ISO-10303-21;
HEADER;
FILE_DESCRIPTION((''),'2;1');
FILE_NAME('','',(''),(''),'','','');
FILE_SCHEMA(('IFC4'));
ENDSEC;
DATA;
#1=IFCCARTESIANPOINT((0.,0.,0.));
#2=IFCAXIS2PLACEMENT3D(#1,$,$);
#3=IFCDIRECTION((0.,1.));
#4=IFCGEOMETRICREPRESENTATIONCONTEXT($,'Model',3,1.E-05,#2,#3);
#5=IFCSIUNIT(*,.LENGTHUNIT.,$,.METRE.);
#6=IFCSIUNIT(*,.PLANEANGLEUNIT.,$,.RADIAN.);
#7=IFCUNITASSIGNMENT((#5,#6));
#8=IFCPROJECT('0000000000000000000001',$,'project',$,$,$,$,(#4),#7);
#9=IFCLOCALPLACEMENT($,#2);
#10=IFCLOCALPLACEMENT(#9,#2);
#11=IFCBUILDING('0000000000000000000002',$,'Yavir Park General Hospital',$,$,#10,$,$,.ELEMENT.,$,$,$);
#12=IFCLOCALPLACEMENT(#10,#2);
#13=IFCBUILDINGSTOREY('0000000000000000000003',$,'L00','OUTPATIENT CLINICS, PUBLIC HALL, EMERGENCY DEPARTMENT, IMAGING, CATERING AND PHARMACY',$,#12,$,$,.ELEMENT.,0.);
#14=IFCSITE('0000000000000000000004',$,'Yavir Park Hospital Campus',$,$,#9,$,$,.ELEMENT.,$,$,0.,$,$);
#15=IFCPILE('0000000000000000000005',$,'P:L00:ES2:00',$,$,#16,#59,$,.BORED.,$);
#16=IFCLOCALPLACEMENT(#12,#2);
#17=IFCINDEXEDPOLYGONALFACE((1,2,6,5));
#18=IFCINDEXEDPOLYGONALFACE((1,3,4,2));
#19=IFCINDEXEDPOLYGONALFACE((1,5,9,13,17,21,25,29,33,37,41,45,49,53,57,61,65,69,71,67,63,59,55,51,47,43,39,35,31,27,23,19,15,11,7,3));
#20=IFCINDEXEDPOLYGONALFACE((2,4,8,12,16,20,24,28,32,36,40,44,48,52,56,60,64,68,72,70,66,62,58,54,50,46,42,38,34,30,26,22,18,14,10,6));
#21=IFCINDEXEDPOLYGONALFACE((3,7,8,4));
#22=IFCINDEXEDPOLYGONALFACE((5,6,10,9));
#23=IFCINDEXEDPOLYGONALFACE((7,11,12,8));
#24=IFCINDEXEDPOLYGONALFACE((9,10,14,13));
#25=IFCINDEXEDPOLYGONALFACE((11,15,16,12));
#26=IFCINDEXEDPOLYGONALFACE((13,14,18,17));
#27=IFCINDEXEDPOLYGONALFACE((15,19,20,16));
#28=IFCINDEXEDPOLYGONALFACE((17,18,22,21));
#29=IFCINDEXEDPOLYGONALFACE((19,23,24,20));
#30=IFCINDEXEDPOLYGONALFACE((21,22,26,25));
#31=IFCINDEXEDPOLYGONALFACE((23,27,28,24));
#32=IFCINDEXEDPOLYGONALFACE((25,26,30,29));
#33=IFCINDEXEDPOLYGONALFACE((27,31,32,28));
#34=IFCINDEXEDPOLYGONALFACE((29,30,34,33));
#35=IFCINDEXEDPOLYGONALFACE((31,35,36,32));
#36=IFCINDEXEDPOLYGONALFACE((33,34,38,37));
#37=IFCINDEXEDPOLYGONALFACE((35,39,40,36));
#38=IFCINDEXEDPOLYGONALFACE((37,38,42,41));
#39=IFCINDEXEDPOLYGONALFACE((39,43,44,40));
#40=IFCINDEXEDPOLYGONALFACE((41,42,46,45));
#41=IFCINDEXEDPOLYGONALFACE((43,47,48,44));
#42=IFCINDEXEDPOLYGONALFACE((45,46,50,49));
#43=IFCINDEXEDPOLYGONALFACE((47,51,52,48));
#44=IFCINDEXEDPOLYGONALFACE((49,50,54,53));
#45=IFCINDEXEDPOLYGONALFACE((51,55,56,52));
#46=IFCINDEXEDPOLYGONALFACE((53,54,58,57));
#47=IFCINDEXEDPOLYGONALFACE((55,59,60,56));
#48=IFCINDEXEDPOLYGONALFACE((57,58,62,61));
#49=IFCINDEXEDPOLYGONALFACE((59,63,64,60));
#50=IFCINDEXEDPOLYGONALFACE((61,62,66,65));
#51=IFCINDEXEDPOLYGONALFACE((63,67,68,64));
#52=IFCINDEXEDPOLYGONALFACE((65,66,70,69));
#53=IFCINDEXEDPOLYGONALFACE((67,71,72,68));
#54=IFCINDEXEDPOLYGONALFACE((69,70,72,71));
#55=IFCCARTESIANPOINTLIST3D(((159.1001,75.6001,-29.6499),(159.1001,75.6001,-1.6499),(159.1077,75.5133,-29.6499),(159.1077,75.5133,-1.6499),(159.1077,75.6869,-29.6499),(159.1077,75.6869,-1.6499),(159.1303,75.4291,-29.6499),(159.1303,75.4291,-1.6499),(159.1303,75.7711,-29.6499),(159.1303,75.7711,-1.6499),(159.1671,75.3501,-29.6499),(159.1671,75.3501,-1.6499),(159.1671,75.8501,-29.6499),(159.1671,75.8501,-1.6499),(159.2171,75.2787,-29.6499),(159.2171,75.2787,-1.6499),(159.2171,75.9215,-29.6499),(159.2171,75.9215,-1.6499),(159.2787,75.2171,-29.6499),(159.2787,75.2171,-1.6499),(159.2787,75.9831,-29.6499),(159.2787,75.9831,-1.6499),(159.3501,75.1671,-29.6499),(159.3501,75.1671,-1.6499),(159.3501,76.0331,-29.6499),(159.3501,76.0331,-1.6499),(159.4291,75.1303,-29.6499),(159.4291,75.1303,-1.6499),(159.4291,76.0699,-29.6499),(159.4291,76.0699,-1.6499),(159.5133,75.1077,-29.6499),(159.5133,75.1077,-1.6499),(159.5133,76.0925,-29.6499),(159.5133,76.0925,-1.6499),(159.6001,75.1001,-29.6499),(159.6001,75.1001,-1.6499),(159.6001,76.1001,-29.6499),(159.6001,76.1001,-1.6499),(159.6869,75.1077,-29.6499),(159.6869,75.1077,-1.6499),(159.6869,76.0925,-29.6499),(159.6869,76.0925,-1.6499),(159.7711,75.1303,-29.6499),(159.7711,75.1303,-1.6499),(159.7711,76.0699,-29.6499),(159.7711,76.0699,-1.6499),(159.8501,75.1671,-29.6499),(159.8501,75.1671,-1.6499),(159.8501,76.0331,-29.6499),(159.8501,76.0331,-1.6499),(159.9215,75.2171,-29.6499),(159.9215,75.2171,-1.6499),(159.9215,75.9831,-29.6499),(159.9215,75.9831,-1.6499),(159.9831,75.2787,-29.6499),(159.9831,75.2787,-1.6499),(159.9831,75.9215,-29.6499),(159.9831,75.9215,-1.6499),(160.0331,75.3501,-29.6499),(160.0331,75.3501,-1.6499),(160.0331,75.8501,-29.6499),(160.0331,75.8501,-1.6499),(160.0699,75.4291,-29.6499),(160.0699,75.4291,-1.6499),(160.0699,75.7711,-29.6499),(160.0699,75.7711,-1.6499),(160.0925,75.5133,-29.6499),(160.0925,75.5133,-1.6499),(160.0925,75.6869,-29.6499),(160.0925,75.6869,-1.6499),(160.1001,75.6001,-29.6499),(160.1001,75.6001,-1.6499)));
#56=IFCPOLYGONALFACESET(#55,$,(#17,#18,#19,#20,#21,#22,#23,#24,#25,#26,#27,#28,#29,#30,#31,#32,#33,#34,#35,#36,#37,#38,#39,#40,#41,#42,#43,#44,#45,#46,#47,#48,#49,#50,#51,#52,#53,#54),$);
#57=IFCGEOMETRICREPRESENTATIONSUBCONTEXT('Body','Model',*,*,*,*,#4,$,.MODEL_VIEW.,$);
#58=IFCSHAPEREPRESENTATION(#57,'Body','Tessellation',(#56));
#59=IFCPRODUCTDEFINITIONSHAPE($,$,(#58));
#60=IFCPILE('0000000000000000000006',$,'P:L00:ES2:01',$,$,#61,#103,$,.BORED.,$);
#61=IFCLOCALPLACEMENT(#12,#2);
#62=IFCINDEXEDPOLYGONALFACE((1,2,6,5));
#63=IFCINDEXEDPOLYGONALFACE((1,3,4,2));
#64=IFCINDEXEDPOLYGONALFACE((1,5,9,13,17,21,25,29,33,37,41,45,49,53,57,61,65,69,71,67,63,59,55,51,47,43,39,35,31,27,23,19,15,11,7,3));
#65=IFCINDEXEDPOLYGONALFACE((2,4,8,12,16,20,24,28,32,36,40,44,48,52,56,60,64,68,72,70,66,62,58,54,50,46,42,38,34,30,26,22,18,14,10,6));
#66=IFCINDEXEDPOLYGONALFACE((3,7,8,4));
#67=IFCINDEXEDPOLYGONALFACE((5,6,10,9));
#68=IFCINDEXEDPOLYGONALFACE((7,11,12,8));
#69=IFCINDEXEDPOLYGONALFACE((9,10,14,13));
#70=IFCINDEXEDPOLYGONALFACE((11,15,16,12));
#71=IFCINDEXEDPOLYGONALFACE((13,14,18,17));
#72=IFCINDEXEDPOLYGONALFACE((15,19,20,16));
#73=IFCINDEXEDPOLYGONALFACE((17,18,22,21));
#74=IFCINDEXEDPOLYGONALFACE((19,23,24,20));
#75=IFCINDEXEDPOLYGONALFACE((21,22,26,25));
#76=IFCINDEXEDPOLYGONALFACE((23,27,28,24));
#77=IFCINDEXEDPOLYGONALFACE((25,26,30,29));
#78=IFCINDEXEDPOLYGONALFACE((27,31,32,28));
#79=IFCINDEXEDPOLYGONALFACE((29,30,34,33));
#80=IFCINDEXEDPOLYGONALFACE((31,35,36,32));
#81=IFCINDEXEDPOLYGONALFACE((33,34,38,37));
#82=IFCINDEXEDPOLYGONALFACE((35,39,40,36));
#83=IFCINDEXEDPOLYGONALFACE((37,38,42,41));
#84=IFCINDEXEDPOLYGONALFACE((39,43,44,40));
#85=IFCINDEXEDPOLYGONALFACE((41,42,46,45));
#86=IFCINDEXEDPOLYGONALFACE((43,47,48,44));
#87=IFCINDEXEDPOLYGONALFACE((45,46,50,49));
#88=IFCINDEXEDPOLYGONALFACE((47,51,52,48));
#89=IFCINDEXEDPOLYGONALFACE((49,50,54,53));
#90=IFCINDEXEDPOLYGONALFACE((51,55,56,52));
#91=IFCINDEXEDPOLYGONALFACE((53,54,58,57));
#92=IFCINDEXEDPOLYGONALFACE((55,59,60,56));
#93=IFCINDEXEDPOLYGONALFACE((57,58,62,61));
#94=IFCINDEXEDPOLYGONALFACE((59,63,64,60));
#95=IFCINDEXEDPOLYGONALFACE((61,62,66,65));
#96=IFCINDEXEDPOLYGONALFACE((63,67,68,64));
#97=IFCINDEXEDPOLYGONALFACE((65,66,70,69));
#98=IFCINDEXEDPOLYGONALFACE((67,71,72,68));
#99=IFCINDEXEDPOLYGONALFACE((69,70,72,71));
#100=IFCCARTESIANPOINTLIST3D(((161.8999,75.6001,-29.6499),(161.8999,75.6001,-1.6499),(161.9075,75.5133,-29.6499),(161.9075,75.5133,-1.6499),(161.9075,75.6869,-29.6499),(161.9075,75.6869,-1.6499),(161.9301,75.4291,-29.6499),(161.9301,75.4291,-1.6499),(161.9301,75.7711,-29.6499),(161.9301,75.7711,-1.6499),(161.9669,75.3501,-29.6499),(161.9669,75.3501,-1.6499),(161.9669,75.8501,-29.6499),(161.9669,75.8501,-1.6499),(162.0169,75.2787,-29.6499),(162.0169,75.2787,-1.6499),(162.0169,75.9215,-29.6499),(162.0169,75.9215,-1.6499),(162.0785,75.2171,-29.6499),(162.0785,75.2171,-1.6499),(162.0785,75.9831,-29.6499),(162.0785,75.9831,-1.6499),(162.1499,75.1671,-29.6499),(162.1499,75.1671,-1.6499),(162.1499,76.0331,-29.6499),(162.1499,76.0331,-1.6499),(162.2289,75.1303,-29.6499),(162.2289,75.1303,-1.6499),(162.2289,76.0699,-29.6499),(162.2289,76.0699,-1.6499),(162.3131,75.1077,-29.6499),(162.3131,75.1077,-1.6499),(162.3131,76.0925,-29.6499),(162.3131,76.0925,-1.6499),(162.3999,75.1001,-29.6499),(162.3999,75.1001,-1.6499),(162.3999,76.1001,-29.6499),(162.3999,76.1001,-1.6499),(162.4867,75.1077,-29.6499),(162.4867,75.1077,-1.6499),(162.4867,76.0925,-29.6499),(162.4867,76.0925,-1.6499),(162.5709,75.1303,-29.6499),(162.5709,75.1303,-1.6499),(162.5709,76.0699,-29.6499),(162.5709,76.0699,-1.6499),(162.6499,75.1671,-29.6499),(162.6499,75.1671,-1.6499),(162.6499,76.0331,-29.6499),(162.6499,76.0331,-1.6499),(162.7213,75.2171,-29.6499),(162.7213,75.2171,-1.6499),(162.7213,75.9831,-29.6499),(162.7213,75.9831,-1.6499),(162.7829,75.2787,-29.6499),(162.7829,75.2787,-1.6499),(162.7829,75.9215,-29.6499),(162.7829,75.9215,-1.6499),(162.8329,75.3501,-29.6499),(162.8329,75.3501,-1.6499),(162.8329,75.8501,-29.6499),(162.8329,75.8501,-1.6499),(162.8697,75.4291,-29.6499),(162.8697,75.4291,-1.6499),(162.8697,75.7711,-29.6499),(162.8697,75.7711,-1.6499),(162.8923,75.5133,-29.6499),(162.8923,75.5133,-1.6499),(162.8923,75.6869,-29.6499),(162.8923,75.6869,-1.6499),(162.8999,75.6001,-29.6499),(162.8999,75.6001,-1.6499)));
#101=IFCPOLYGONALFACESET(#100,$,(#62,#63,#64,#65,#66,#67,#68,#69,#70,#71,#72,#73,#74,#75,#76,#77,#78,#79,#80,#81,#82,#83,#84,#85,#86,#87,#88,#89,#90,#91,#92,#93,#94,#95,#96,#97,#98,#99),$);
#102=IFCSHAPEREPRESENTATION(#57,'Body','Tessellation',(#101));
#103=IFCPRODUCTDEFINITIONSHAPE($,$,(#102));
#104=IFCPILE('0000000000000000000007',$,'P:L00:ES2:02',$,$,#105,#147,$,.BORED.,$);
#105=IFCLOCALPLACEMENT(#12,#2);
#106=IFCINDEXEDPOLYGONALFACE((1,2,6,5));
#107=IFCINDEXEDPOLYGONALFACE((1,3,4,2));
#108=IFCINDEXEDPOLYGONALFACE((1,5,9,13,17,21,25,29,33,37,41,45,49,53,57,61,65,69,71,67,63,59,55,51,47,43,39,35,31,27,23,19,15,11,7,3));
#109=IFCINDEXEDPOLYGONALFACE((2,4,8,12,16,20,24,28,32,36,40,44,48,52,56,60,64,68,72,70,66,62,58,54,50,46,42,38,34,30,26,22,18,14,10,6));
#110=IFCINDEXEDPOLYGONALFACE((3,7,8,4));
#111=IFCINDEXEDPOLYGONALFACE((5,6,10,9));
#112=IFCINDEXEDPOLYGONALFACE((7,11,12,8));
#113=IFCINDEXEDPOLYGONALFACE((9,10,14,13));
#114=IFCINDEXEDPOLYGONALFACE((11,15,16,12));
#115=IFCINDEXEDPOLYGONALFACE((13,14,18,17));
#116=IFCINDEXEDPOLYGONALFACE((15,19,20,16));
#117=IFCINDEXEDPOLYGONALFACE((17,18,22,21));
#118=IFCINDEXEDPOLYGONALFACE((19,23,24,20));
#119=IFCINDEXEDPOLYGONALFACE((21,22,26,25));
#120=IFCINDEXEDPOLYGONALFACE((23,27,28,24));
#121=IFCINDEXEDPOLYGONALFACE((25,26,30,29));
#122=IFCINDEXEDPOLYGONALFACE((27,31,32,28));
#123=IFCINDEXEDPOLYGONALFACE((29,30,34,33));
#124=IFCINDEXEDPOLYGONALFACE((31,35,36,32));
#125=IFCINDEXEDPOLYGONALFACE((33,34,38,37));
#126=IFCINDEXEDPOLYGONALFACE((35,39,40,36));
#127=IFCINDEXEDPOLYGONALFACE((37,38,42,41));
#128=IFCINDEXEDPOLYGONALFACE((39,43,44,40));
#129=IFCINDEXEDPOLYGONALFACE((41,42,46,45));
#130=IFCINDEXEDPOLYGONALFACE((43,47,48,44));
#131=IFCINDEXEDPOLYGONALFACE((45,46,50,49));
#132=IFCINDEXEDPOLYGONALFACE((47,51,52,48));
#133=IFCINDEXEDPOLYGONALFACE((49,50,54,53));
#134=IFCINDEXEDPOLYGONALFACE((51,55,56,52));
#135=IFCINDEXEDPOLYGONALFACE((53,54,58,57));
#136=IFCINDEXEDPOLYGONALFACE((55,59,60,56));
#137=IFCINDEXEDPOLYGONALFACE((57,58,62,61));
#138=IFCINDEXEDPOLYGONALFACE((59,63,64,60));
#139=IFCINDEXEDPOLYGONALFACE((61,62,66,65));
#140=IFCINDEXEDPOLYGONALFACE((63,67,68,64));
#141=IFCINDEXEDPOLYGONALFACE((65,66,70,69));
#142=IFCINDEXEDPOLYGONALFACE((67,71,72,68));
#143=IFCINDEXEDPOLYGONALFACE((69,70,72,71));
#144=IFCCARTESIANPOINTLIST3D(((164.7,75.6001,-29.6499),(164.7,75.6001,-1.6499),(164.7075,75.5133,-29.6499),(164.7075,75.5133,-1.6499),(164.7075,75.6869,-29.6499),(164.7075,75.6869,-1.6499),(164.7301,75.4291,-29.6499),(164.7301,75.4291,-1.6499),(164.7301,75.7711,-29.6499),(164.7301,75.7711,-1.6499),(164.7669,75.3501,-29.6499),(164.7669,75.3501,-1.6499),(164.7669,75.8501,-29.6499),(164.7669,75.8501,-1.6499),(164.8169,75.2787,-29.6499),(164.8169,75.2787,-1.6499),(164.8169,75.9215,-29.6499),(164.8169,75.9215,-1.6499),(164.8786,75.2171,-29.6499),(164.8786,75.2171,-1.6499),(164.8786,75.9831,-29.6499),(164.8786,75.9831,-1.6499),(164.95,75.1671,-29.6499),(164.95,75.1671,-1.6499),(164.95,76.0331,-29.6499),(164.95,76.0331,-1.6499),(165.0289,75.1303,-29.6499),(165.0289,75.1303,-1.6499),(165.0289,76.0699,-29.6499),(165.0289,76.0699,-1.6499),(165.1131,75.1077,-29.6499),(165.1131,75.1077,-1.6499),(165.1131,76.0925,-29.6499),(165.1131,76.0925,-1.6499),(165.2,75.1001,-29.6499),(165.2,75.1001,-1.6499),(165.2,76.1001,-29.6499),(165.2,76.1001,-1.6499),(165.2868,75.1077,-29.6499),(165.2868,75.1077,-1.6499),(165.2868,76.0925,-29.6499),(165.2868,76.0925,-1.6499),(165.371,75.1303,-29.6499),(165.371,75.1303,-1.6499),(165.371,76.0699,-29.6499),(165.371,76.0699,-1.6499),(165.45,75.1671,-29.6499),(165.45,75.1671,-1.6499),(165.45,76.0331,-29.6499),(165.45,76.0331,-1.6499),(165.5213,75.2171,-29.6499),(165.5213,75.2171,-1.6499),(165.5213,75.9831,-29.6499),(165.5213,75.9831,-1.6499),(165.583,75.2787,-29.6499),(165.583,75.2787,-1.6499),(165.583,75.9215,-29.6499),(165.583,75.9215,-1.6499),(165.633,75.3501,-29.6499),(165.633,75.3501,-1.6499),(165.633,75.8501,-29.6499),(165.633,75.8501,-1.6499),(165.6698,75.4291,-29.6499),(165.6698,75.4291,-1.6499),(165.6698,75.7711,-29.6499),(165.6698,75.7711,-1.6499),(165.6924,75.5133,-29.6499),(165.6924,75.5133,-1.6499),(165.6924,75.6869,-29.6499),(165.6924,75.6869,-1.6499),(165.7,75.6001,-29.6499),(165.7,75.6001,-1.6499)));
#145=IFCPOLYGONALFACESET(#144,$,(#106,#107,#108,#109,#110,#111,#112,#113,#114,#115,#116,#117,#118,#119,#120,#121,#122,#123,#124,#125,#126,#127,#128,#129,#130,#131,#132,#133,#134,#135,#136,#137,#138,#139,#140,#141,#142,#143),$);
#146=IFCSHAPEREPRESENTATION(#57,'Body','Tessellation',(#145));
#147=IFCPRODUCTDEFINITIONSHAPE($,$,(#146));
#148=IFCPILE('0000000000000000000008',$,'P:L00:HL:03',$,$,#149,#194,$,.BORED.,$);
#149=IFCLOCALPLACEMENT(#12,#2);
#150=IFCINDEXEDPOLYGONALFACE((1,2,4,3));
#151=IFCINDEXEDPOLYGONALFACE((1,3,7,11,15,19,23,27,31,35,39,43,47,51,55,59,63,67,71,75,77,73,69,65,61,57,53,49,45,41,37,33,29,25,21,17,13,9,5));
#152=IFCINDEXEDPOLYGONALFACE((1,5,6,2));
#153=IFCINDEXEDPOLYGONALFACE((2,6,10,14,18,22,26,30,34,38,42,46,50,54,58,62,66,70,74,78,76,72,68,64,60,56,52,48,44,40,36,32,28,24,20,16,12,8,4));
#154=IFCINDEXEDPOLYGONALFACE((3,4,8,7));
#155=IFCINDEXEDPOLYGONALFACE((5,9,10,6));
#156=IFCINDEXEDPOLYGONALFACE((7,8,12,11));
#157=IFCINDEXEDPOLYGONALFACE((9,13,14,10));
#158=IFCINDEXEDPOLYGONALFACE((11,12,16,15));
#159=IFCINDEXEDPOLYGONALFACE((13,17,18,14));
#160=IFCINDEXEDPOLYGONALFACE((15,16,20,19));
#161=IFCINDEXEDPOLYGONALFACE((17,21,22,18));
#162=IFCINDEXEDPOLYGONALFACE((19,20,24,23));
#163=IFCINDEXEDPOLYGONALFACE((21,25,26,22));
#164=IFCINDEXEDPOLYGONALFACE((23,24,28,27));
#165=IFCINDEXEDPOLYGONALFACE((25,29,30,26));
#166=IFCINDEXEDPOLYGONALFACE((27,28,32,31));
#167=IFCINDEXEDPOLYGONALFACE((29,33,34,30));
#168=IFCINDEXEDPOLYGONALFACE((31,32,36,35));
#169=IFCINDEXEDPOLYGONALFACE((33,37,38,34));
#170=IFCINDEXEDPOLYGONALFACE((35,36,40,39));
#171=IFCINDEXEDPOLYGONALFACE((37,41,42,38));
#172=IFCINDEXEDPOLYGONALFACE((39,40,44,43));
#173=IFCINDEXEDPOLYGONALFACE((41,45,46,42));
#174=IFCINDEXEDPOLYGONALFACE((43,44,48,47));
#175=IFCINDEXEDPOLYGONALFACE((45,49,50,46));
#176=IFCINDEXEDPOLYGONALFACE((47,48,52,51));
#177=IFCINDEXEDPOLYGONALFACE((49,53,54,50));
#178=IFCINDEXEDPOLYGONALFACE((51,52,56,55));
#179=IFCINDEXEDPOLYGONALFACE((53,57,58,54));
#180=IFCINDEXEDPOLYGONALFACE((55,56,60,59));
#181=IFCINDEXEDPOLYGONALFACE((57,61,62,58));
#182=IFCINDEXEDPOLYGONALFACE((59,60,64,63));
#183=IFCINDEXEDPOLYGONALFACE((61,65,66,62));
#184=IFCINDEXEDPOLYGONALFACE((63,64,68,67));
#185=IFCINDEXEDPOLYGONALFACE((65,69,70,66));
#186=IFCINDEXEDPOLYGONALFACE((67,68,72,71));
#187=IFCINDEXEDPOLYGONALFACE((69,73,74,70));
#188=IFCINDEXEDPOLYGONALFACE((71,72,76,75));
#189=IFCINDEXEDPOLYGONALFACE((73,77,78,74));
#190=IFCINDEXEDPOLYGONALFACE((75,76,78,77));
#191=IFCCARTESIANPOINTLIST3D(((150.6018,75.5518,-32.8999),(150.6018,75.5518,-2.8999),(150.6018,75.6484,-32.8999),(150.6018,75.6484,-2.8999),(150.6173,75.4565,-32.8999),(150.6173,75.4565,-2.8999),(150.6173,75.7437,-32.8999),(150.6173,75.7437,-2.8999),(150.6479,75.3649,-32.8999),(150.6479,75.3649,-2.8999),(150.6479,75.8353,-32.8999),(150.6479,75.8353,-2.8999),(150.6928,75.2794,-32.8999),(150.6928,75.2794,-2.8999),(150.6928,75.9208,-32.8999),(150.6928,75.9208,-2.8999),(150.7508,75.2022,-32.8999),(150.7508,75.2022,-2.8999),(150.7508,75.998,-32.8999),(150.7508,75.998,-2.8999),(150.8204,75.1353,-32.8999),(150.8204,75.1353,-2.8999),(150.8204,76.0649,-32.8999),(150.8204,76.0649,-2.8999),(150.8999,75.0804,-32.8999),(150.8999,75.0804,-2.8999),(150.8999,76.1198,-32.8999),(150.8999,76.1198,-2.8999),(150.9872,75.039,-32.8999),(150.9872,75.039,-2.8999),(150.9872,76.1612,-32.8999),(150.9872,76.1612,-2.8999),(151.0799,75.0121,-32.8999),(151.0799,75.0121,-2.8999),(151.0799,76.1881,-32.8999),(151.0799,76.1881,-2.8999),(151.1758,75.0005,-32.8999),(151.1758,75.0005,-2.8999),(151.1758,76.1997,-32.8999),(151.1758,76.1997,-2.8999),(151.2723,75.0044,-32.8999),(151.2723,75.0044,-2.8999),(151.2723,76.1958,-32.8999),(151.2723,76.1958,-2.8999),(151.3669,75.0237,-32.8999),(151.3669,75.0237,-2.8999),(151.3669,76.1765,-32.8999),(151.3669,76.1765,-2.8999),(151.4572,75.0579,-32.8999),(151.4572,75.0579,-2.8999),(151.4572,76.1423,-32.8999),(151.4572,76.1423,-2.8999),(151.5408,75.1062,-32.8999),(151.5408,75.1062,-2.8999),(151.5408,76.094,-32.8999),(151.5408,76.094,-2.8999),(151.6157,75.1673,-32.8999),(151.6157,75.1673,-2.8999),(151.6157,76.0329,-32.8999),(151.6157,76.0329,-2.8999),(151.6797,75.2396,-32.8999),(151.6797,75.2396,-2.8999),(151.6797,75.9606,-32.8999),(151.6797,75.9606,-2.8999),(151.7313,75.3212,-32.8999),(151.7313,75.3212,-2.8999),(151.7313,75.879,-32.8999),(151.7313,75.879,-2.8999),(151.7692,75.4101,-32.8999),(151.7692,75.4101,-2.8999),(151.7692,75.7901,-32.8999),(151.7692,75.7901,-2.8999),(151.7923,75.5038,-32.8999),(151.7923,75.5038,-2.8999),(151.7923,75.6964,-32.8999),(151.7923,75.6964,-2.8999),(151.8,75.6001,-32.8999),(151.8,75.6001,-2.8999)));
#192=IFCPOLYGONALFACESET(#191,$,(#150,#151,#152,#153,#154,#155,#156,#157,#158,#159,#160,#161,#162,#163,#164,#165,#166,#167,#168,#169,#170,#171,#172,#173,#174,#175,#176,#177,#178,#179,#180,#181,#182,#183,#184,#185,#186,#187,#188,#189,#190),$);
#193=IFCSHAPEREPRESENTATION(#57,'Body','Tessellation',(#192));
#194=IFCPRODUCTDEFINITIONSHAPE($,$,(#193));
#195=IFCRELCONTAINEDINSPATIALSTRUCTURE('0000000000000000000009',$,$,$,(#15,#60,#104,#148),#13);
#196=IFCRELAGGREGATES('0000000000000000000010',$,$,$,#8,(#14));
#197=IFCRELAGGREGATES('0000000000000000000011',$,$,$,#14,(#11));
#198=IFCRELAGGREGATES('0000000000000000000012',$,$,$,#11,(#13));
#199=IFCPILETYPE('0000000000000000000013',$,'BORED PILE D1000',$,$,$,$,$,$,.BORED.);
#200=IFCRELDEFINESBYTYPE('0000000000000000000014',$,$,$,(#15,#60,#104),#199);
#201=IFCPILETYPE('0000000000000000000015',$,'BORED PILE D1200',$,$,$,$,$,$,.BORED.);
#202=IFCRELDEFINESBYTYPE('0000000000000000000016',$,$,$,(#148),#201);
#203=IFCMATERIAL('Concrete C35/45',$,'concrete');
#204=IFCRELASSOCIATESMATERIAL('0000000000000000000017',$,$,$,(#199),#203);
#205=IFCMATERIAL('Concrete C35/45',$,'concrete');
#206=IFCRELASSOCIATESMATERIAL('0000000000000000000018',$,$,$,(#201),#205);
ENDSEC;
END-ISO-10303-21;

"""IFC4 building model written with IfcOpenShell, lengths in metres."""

from ifc_helpers import new_model, si_unit, direction, frame, origin, origin_2d, place, context, subcontext, project, spatial, circle, extrude, material, material_profile, profile_set, type_object, element, save


model = new_model("IFC4")

# Units and contexts
model_context = context("Model", 3, precision=1e-05, world=origin(), true_north=direction((0.0, 1.0)))
body_context = subcontext(model_context, "Body", "Model", "MODEL_VIEW")
ifc_project = project(units=[si_unit("LENGTHUNIT", "METRE"), si_unit("PLANEANGLEUNIT", "RADIAN")], contexts=[model_context])

# Site, building, storey
site_placement = place(None, origin())
site = spatial("IfcSite", under=ifc_project, at=site_placement, Name="Yavir Park Hospital Campus", CompositionType="ELEMENT", RefElevation=0.0)
building_placement = place(site_placement, origin())
building = spatial("IfcBuilding", under=site, at=building_placement, Name="Yavir Park General Hospital", CompositionType="ELEMENT")
storey_placement = place(building_placement, origin())
storey = spatial("IfcBuildingStorey", under=building, at=storey_placement, Name="L00", Description="OUTPATIENT CLINICS, PUBLIC HALL, EMERGENCY DEPARTMENT, IMAGING, CATERING AND PHARMACY", CompositionType="ELEMENT", Elevation=0.0)

# Piles
ifc_material_1 = material(Name="Concrete C35/45", Category="concrete")
ifc_material_profile_1 = material_profile(ifc_material_1, circle(Radius=0.5, at=origin_2d()), Name="D1000")
ifc_profile_set_1 = profile_set([ifc_material_profile_1], Name="Concrete C35/45")
pile_type_1 = type_object("IfcPileType", Name="BORED PILE D1000", PredefinedType="BORED", material=ifc_profile_set_1)
for number, where, z_axis, x_axis, name in (
    (1, (159.6001, 75.6001, -1.6499), (0.0, 0.0, -1.0), (1.0, 0.0, 0.0), "P:L00:ES2:00"),
    (2, (162.3999, 75.6001, -1.6499), (0.0, 0.0, -1.0), (1.0, 0.0, 0.0), "P:L00:ES2:01"),
    (3, (165.2, 75.6001, -1.6499), (0.0, 0.0, -1.0), (1.0, 0.0, 0.0), "P:L00:ES2:02"),
):
    element("IfcPile", number, at=place(storey_placement, frame(where, z_axis=z_axis, x_axis=x_axis)), inside=storey, type_object=pile_type_1, Name=name, PredefinedType="BORED", context=body_context, shape_type="SweptSolid", body=[
        extrude(circle(Radius=0.5, at=origin_2d()), origin(), (0.0, 0.0, 1.0), 28.0),
    ])
ifc_material_2 = material(Name="Concrete C35/45", Category="concrete")
ifc_material_profile_2 = material_profile(ifc_material_2, circle(Radius=0.6001, at=origin_2d()), Name="D1200")
ifc_profile_set_2 = profile_set([ifc_material_profile_2], Name="Concrete C35/45")
pile_type_2 = type_object("IfcPileType", Name="BORED PILE D1200", PredefinedType="BORED", material=ifc_profile_set_2)
pile_placement = place(storey_placement, frame((151.2, 75.6001, -2.8999), z_axis=(0.0, 0.0, -1.0), x_axis=(1.0, 0.0, 0.0)))
element("IfcPile", 4, at=pile_placement, inside=storey, type_object=pile_type_2, Name="P:L00:HL:03", PredefinedType="BORED", context=body_context, shape_type="SweptSolid", body=[
    extrude(circle(Radius=0.6001, at=origin_2d()), origin(), (0.0, 0.0, 1.0), 30.0),
])

save(model, "model.ifc")
